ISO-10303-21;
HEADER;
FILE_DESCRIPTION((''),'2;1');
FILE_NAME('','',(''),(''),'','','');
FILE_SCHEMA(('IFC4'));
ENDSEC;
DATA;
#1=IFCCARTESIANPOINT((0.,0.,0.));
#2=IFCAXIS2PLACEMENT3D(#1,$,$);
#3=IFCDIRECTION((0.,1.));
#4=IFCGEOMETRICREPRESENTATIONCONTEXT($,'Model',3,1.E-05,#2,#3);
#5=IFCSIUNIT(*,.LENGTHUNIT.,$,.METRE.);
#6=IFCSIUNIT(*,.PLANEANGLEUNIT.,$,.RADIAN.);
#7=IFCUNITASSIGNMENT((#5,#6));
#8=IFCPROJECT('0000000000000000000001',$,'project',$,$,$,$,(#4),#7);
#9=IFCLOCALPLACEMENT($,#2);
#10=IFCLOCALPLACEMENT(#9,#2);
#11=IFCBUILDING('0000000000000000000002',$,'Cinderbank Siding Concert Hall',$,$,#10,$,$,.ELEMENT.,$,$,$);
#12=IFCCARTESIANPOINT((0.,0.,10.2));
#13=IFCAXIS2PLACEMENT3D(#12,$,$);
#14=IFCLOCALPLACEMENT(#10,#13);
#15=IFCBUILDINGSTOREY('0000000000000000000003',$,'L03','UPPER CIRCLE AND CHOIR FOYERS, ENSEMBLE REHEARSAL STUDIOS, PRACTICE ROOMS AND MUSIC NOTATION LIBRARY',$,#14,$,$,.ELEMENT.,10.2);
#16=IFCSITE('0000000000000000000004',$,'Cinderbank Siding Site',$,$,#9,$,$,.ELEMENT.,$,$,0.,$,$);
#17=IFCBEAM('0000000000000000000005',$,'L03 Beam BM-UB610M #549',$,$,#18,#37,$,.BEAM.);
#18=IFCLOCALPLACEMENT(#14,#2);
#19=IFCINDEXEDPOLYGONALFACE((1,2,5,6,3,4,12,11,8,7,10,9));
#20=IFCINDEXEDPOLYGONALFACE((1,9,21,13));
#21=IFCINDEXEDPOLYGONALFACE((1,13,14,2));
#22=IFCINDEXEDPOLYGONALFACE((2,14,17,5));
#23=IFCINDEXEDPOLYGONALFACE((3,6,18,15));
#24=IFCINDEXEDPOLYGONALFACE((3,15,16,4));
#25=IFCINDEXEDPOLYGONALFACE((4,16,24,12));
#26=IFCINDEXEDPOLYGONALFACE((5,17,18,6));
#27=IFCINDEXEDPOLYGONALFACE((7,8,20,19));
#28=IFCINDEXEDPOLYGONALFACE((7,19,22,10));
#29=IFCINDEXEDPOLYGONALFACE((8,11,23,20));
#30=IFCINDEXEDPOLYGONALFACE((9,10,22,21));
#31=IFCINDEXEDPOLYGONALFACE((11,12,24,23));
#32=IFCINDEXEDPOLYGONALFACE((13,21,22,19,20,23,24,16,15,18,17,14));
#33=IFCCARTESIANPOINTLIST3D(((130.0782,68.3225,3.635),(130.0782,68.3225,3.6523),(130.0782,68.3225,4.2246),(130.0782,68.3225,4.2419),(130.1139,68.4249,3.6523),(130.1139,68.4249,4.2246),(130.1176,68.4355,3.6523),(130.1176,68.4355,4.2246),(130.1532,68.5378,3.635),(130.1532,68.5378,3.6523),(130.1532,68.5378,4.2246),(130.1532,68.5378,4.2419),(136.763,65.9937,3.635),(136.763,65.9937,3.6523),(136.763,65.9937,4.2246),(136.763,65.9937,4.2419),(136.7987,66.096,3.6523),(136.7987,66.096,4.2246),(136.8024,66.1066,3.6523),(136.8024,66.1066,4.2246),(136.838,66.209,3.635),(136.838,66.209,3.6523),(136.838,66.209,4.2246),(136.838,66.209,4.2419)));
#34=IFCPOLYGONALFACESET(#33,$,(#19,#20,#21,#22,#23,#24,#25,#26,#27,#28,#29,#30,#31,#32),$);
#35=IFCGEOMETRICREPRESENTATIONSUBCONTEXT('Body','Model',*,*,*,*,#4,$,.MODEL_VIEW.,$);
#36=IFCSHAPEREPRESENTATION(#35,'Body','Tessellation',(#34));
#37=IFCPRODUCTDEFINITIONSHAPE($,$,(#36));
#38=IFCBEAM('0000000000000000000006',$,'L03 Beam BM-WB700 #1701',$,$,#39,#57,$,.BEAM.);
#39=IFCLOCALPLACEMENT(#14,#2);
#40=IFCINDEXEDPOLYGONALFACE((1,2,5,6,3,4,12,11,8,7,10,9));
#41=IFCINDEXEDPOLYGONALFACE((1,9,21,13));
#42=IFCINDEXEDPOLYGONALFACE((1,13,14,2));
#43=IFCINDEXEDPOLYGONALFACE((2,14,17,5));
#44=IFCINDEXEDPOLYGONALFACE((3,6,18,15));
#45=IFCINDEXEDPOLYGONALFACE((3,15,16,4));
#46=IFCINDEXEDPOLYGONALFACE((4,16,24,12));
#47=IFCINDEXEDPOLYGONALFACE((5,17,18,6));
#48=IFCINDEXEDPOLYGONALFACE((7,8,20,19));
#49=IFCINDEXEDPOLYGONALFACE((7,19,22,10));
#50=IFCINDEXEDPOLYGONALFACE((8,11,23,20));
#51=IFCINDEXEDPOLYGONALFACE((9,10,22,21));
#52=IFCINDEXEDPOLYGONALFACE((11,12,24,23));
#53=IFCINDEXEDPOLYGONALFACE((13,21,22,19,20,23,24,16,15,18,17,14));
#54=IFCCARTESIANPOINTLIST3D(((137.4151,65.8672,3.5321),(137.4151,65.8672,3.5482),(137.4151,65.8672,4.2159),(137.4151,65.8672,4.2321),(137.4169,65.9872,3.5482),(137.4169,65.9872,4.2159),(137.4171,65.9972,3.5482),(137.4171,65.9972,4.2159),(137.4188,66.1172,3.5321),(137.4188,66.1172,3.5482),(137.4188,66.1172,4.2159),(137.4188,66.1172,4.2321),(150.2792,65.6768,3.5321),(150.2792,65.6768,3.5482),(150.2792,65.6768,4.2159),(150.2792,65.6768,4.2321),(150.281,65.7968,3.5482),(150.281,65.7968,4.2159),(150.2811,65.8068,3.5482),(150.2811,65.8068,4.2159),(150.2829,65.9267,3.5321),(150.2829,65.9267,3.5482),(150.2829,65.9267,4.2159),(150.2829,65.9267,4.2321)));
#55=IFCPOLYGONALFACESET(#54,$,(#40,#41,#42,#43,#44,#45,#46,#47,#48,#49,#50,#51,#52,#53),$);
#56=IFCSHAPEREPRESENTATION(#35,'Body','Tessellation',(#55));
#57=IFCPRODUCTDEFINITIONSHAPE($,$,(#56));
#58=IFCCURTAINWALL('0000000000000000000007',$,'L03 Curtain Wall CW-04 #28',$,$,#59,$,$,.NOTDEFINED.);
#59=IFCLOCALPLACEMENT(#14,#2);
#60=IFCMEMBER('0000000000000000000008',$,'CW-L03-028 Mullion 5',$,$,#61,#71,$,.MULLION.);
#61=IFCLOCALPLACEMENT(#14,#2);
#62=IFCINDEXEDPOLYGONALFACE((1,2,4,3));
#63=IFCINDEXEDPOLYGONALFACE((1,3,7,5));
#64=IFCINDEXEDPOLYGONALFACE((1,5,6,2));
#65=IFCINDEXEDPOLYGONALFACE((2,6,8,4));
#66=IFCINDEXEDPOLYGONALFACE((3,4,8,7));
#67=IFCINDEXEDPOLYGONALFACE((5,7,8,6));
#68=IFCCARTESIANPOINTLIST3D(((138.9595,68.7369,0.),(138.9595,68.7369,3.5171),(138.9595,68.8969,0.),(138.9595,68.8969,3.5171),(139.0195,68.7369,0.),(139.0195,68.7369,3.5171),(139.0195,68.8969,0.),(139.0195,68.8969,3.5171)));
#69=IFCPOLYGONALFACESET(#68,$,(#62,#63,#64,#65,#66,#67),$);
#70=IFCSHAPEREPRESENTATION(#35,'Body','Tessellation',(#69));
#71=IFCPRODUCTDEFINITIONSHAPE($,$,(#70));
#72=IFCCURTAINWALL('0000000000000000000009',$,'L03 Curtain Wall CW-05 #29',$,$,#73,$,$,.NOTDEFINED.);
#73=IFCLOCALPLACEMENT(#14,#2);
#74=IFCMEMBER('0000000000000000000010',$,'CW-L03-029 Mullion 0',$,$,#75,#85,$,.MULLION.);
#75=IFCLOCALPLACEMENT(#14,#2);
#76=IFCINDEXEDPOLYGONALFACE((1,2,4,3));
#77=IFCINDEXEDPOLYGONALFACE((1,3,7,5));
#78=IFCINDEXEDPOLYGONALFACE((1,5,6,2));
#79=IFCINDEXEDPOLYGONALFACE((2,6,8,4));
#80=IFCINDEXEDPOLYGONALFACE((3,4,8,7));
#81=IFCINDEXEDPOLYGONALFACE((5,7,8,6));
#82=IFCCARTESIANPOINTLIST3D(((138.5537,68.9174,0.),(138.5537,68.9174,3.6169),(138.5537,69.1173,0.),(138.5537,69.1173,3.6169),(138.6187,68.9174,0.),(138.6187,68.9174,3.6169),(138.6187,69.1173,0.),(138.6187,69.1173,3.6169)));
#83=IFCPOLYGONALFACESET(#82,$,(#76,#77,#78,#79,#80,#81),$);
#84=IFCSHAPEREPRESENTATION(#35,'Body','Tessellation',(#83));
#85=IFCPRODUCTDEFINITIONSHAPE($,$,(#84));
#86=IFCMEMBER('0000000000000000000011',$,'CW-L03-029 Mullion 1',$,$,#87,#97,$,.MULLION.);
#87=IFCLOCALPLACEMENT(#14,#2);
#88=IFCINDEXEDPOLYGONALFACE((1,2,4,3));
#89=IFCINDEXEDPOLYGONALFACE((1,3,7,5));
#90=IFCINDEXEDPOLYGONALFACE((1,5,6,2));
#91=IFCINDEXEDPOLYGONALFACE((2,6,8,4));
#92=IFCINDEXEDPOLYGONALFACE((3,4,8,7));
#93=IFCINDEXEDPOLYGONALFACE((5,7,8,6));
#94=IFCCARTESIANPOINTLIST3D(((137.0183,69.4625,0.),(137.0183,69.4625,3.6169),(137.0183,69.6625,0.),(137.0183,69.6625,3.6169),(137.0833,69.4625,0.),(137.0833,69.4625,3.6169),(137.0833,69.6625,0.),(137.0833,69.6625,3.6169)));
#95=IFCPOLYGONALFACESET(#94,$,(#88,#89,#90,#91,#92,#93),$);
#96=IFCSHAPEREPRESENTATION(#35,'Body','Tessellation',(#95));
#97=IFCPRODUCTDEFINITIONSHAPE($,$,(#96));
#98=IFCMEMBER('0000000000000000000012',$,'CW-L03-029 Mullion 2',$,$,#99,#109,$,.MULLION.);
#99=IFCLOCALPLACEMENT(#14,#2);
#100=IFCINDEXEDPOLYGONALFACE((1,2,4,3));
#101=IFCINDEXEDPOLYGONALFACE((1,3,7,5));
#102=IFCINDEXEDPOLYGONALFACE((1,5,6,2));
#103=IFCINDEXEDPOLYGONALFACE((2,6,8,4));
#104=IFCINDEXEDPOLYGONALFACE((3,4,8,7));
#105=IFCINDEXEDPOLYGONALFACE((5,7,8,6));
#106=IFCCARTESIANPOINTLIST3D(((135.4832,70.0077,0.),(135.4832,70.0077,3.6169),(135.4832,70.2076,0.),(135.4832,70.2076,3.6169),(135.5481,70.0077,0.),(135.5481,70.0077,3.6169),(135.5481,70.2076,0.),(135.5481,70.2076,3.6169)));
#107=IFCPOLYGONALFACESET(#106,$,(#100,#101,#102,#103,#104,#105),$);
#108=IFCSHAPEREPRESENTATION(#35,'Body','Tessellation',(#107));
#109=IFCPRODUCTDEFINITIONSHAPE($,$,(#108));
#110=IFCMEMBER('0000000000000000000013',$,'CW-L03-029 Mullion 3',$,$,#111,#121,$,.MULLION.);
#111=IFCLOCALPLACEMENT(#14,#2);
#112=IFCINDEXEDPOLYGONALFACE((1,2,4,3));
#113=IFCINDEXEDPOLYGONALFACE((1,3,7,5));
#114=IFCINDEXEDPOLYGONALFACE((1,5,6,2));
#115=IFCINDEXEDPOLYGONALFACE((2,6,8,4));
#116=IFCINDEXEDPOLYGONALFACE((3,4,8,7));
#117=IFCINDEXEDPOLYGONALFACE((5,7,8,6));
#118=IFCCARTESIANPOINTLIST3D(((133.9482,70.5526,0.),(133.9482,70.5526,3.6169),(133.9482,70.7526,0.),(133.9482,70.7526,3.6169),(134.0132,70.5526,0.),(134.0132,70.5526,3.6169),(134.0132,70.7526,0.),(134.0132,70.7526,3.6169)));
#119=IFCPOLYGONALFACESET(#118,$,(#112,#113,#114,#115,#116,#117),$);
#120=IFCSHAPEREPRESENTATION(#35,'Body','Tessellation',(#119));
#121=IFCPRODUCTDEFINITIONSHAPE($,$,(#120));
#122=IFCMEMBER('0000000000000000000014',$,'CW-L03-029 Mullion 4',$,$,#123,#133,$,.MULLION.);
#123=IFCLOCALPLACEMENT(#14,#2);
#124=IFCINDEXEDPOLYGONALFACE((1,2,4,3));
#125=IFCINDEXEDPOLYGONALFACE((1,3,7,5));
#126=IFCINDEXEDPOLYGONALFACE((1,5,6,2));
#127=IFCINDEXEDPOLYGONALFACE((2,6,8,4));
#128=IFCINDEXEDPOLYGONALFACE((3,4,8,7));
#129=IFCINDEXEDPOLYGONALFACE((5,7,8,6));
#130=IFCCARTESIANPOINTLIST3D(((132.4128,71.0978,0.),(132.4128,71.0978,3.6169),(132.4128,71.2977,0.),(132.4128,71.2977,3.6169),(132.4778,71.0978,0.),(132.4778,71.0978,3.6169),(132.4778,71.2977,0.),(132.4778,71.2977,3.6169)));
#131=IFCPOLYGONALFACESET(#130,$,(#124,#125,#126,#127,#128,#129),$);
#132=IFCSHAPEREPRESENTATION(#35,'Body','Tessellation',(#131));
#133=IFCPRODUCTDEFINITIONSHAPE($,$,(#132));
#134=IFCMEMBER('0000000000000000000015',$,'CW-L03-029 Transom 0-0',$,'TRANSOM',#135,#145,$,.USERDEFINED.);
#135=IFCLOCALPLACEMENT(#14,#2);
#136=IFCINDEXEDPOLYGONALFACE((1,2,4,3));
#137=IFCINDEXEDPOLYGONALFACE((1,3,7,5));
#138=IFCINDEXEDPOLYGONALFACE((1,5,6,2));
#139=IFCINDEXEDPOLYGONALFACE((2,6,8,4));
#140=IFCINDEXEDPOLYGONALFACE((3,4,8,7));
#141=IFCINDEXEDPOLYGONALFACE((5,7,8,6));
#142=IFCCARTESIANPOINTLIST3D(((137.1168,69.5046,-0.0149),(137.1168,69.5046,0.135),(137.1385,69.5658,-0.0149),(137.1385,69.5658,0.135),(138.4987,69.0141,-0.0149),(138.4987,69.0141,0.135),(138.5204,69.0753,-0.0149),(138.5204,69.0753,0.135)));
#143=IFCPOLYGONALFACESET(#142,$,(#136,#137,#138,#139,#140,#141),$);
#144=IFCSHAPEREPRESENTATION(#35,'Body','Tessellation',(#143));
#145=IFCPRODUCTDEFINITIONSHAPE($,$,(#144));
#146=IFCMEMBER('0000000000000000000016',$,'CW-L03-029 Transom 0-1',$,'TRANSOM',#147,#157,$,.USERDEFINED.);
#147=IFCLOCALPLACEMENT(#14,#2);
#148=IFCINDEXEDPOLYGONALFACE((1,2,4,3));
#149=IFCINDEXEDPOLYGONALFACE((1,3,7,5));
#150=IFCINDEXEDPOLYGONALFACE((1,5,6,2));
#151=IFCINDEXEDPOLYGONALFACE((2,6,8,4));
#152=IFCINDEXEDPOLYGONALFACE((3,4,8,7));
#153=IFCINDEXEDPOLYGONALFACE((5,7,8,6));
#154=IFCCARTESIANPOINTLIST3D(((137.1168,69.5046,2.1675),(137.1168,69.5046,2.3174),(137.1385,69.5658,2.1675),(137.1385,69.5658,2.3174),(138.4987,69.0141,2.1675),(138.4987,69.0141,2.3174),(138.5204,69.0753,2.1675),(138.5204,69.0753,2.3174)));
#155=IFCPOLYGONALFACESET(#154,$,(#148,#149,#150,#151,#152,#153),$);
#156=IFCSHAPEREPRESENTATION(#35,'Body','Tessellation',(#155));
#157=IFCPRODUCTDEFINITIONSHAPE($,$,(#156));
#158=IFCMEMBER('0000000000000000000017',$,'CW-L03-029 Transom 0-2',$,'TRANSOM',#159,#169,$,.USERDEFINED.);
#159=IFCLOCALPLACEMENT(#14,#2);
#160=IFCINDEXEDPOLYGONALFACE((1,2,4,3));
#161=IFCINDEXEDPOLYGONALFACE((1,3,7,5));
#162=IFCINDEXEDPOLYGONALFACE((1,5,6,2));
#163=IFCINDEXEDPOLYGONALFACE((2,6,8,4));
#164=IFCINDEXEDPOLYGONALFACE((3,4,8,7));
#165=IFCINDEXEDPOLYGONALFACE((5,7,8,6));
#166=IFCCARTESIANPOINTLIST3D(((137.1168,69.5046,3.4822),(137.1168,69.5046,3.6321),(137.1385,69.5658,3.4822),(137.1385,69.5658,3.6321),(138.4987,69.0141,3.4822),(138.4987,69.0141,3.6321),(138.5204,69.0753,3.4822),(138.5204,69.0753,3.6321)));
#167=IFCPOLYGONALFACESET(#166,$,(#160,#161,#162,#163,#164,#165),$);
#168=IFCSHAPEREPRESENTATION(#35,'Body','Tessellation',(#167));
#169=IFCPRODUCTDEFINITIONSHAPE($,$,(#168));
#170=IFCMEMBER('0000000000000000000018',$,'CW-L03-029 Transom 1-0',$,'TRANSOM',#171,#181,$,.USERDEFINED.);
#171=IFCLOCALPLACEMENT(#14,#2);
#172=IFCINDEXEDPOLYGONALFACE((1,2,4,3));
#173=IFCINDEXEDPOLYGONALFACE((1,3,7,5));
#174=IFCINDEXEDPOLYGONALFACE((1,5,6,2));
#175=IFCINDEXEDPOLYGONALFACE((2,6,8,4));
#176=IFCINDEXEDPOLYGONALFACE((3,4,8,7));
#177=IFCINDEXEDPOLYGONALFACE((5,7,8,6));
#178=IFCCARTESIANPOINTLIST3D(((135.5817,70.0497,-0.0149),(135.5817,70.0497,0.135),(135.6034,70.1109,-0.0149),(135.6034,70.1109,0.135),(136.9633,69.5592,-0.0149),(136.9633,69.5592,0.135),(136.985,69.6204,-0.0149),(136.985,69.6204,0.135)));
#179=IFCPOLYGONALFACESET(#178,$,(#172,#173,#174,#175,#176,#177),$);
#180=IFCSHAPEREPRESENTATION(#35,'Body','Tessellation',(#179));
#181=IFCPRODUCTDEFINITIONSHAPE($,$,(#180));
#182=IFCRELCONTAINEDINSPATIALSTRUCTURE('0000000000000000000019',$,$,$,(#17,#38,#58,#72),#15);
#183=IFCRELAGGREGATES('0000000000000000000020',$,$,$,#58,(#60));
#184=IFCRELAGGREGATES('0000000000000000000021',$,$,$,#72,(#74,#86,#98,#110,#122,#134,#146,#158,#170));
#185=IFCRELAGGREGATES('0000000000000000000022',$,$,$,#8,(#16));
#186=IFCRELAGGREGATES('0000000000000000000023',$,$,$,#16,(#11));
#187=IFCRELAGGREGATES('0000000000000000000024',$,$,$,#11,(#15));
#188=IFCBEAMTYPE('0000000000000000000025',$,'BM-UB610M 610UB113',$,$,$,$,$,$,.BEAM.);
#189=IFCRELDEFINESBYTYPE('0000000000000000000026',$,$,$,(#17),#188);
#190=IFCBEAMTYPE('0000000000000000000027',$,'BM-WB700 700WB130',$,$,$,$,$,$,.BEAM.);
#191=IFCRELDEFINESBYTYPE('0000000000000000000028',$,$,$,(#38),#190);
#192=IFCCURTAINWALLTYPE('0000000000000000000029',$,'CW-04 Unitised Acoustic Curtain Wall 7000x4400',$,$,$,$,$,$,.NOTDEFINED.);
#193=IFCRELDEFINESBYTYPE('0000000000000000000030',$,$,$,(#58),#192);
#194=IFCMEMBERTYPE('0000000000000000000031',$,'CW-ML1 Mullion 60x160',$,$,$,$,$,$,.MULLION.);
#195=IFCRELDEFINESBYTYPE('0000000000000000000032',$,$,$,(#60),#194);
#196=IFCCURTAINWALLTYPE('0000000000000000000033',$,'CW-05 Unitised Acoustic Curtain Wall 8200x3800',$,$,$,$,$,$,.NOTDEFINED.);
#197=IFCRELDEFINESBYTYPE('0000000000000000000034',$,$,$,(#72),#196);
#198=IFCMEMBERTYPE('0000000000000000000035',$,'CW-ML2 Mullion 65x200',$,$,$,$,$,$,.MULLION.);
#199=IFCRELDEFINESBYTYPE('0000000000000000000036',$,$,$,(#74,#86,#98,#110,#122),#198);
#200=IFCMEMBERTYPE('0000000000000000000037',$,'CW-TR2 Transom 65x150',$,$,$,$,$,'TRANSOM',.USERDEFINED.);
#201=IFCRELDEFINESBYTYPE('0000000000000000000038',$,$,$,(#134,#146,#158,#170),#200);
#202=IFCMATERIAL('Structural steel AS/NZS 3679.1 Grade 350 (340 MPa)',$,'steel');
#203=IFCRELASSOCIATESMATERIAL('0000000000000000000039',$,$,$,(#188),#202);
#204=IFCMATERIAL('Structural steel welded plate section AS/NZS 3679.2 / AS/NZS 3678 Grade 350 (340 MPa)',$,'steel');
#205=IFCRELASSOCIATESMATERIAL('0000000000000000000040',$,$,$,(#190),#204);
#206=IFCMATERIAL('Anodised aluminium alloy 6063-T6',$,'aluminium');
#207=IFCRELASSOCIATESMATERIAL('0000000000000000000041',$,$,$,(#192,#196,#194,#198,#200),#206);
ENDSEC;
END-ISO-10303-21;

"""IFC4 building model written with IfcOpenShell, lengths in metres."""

from ifc_helpers import new_model, si_unit, direction, frame, origin, origin_2d, place, context, subcontext, project, spatial, rectangle, i_section, extrude, material, material_profile, profile_set, type_object, element, aggregate, save


model = new_model("IFC4")

# Units and contexts
model_context = context("Model", 3, precision=1e-05, world=origin(), true_north=direction((0.0, 1.0)))
body_context = subcontext(model_context, "Body", "Model", "MODEL_VIEW")
ifc_project = project(units=[si_unit("LENGTHUNIT", "METRE"), si_unit("PLANEANGLEUNIT", "RADIAN")], contexts=[model_context])

# Site, building, storey
site_placement = place(None, origin())
site = spatial("IfcSite", under=ifc_project, at=site_placement, Name="Cinderbank Siding Site", CompositionType="ELEMENT", RefElevation=0.0)
building_placement = place(site_placement, origin())
building = spatial("IfcBuilding", under=site, at=building_placement, Name="Cinderbank Siding Concert Hall", CompositionType="ELEMENT")
storey_placement = place(building_placement, frame((0.0, 0.0, 10.2)))
storey = spatial("IfcBuildingStorey", under=building, at=storey_placement, Name="L03", Description="UPPER CIRCLE AND CHOIR FOYERS, ENSEMBLE REHEARSAL STUDIOS, PRACTICE ROOMS AND MUSIC NOTATION LIBRARY", CompositionType="ELEMENT", Elevation=10.2)

# Beams
ifc_material_1 = material(Name="Structural steel AS/NZS 3679.1 Grade 350 (340 MPa)", Category="steel")
ifc_material_profile_1 = material_profile(ifc_material_1, i_section(OverallWidth=0.228, OverallDepth=0.6069, WebThickness=0.0112, FlangeThickness=0.0173, at=origin_2d()), Name="610UB113", Category="LoadBearing")
ifc_profile_set_1 = profile_set([ifc_material_profile_1], Name="Structural steel AS/NZS 3679.1 Grade 350 (340 MPa)")
beam_type_1 = type_object("IfcBeamType", Name="BM-UB610M 610UB113", PredefinedType="BEAM", material=ifc_profile_set_1)
beam_1_placement = place(storey_placement, frame((136.8005, 66.1013, 3.9385), z_axis=(-0.944334, 0.328987, 0.0), x_axis=(-0.328987, -0.944334, 0.0)))
element("IfcBeam", 1, at=beam_1_placement, inside=storey, type_object=beam_type_1, Name="L03 Beam BM-UB610M #549", PredefinedType="BEAM", context=body_context, shape_type="SweptSolid", body=[
    extrude(i_section(OverallWidth=0.228, OverallDepth=0.6069, WebThickness=0.0112, FlangeThickness=0.0173, at=origin_2d()), origin(), (0.0, 0.0, 1.0), 7.0789),
])
ifc_material_2 = material(Name="Structural steel welded plate section AS/NZS 3679.2 / AS/NZS 3678 Grade 350 (340 MPa)", Category="steel")
ifc_material_profile_2 = material_profile(ifc_material_2, i_section(OverallWidth=0.25, OverallDepth=0.7, WebThickness=0.01, FlangeThickness=0.0161, at=origin_2d()), Name="700WB130", Category="LoadBearing")
ifc_profile_set_2 = profile_set([ifc_material_profile_2], Name="Structural steel welded plate section AS/NZS 3679.2 / AS/NZS 3678 Grade 350 (340 MPa)")
beam_type_2 = type_object("IfcBeamType", Name="BM-WB700 700WB130", PredefinedType="BEAM", material=ifc_profile_set_2)
beam_2_placement = place(storey_placement, frame((137.417, 65.9922, 3.8821), z_axis=(0.99989, -0.014802, 0.0), x_axis=(0.014802, 0.99989, 0.0)))
element("IfcBeam", 2, at=beam_2_placement, inside=storey, type_object=beam_type_2, Name="L03 Beam BM-WB700 #1701", PredefinedType="BEAM", context=body_context, shape_type="SweptSolid", body=[
    extrude(i_section(OverallWidth=0.25, OverallDepth=0.7, WebThickness=0.01, FlangeThickness=0.0161, at=origin_2d()), origin(), (0.0, 0.0, 1.0), 12.8655),
])

# Curtain wall, member
ifc_material_3 = material(Name="Anodised aluminium alloy 6063-T6", Category="aluminium")
curtain_wall_type_1 = type_object("IfcCurtainWallType", Name="CW-04 Unitised Acoustic Curtain Wall 7000x4400", PredefinedType="NOTDEFINED", material=ifc_material_3)
curtain_wall_1_placement = place(storey_placement, origin())
curtain_wall_1 = element("IfcCurtainWall", 3, at=curtain_wall_1_placement, inside=storey, type_object=curtain_wall_type_1, Name="L03 Curtain Wall CW-04 #28", PredefinedType="NOTDEFINED")
ifc_material_profile_3 = material_profile(ifc_material_3, rectangle(XDim=0.0601, YDim=0.1599, at=origin_2d()), Name="ALU-MULL-60x160", Category="LoadBearing")
ifc_profile_set_3 = profile_set([ifc_material_profile_3], Name="Anodised aluminium alloy 6063-T6")
member_type_1 = type_object("IfcMemberType", Name="CW-ML1 Mullion 60x160", PredefinedType="MULLION", material=ifc_profile_set_3)
member_1_placement = place(storey_placement, frame((138.9895, 68.8169, 0.0), z_axis=(0.0, 0.0, 1.0), x_axis=(1.0, 0.0, 0.0)))
member_1 = element("IfcMember", 4, at=member_1_placement, type_object=member_type_1, Name="CW-L03-028 Mullion 5", PredefinedType="MULLION", context=body_context, shape_type="SweptSolid", body=[
    extrude(rectangle(XDim=0.0601, YDim=0.1599, at=origin_2d()), origin(), (0.0, 0.0, 1.0), 3.5171),
])
aggregate(curtain_wall_1, [member_1])

# Curtain wall, members
curtain_wall_type_2 = type_object("IfcCurtainWallType", Name="CW-05 Unitised Acoustic Curtain Wall 8200x3800", PredefinedType="NOTDEFINED", material=ifc_material_3)
curtain_wall_2_placement = place(storey_placement, origin())
curtain_wall_2 = element("IfcCurtainWall", 5, at=curtain_wall_2_placement, inside=storey, type_object=curtain_wall_type_2, Name="L03 Curtain Wall CW-05 #29", PredefinedType="NOTDEFINED")
ifc_material_profile_4 = material_profile(ifc_material_3, rectangle(XDim=0.0649, YDim=0.2, at=origin_2d()), Name="ALU-MULL-65x200", Category="LoadBearing")
ifc_profile_set_4 = profile_set([ifc_material_profile_4], Name="Anodised aluminium alloy 6063-T6")
member_type_2 = type_object("IfcMemberType", Name="CW-ML2 Mullion 65x200", PredefinedType="MULLION", material=ifc_profile_set_4)
member_2_placement = place(storey_placement, frame((138.5862, 69.0173, 0.0), z_axis=(0.0, 0.0, 1.0), x_axis=(1.0, 0.0, 0.0)))
member_2 = element("IfcMember", 6, at=member_2_placement, type_object=member_type_2, Name="CW-L03-029 Mullion 0", PredefinedType="MULLION", context=body_context, shape_type="SweptSolid", body=[
    extrude(rectangle(XDim=0.0649, YDim=0.2, at=origin_2d()), origin(), (0.0, 0.0, 1.0), 3.6169),
])
member_3_placement = place(storey_placement, frame((137.0508, 69.5625, 0.0), z_axis=(0.0, 0.0, 1.0), x_axis=(1.0, 0.0, 0.0)))
member_3 = element("IfcMember", 7, at=member_3_placement, type_object=member_type_2, Name="CW-L03-029 Mullion 1", PredefinedType="MULLION", context=body_context, shape_type="SweptSolid", body=[
    extrude(rectangle(XDim=0.0649, YDim=0.2, at=origin_2d()), origin(), (0.0, 0.0, 1.0), 3.6169),
])
member_4_placement = place(storey_placement, frame((135.5156, 70.1077, 0.0), z_axis=(0.0, 0.0, 1.0), x_axis=(1.0, 0.0, 0.0)))
member_4 = element("IfcMember", 8, at=member_4_placement, type_object=member_type_2, Name="CW-L03-029 Mullion 2", PredefinedType="MULLION", context=body_context, shape_type="SweptSolid", body=[
    extrude(rectangle(XDim=0.0649, YDim=0.2, at=origin_2d()), origin(), (0.0, 0.0, 1.0), 3.6169),
])
member_5_placement = place(storey_placement, frame((133.9807, 70.6526, 0.0), z_axis=(0.0, 0.0, 1.0), x_axis=(1.0, 0.0, 0.0)))
member_5 = element("IfcMember", 9, at=member_5_placement, type_object=member_type_2, Name="CW-L03-029 Mullion 3", PredefinedType="MULLION", context=body_context, shape_type="SweptSolid", body=[
    extrude(rectangle(XDim=0.0649, YDim=0.2, at=origin_2d()), origin(), (0.0, 0.0, 1.0), 3.6169),
])
member_6_placement = place(storey_placement, frame((132.4453, 71.1978, 0.0), z_axis=(0.0, 0.0, 1.0), x_axis=(1.0, 0.0, 0.0)))
member_6 = element("IfcMember", 10, at=member_6_placement, type_object=member_type_2, Name="CW-L03-029 Mullion 4", PredefinedType="MULLION", context=body_context, shape_type="SweptSolid", body=[
    extrude(rectangle(XDim=0.0649, YDim=0.2, at=origin_2d()), origin(), (0.0, 0.0, 1.0), 3.6169),
])
ifc_material_profile_5 = material_profile(ifc_material_3, rectangle(XDim=0.0649, YDim=0.1499, at=origin_2d()), Name="ALU-TRAN-65x150", Category="LoadBearing")
ifc_profile_set_5 = profile_set([ifc_material_profile_5], Name="Anodised aluminium alloy 6063-T6")
member_type_3 = type_object("IfcMemberType", Name="CW-TR2 Transom 65x150", ElementType="TRANSOM", PredefinedType="USERDEFINED", material=ifc_profile_set_5)
member_7_placement = place(storey_placement, frame((138.5095, 69.0447, 0.0601), z_axis=(-0.942396, 0.3345, 0.0), x_axis=(-0.3345, -0.942396, 0.0)))
member_7 = element("IfcMember", 11, at=member_7_placement, type_object=member_type_3, Name="CW-L03-029 Transom 0-0", ObjectType="TRANSOM", PredefinedType="USERDEFINED", context=body_context, shape_type="SweptSolid", body=[
    extrude(rectangle(XDim=0.0649, YDim=0.1499, at=origin_2d()), origin(), (0.0, 0.0, 1.0), 1.4663),
])
member_8_placement = place(storey_placement, frame((138.5095, 69.0447, 2.2424), z_axis=(-0.942396, 0.3345, 0.0), x_axis=(-0.3345, -0.942396, 0.0)))
member_8 = element("IfcMember", 12, at=member_8_placement, type_object=member_type_3, Name="CW-L03-029 Transom 0-1", ObjectType="TRANSOM", PredefinedType="USERDEFINED", context=body_context, shape_type="SweptSolid", body=[
    extrude(rectangle(XDim=0.0649, YDim=0.1499, at=origin_2d()), origin(), (0.0, 0.0, 1.0), 1.4663),
])
member_9_placement = place(storey_placement, frame((138.5095, 69.0447, 3.5571), z_axis=(-0.942396, 0.3345, 0.0), x_axis=(-0.3345, -0.942396, 0.0)))
member_9 = element("IfcMember", 13, at=member_9_placement, type_object=member_type_3, Name="CW-L03-029 Transom 0-2", ObjectType="TRANSOM", PredefinedType="USERDEFINED", context=body_context, shape_type="SweptSolid", body=[
    extrude(rectangle(XDim=0.0649, YDim=0.1499, at=origin_2d()), origin(), (0.0, 0.0, 1.0), 1.4663),
])
member_10_placement = place(storey_placement, frame((136.9741, 69.5898, 0.0601), z_axis=(-0.942377, 0.334553, 0.0), x_axis=(-0.334553, -0.942377, 0.0)))
member_10 = element("IfcMember", 14, at=member_10_placement, type_object=member_type_3, Name="CW-L03-029 Transom 1-0", ObjectType="TRANSOM", PredefinedType="USERDEFINED", context=body_context, shape_type="SweptSolid", body=[
    extrude(rectangle(XDim=0.0649, YDim=0.1499, at=origin_2d()), origin(), (0.0, 0.0, 1.0), 1.4661),
])

aggregate(curtain_wall_2, [member_2, member_3, member_4, member_5, member_6, member_7, member_8, member_9, member_10])

save(model, "model.ifc")
